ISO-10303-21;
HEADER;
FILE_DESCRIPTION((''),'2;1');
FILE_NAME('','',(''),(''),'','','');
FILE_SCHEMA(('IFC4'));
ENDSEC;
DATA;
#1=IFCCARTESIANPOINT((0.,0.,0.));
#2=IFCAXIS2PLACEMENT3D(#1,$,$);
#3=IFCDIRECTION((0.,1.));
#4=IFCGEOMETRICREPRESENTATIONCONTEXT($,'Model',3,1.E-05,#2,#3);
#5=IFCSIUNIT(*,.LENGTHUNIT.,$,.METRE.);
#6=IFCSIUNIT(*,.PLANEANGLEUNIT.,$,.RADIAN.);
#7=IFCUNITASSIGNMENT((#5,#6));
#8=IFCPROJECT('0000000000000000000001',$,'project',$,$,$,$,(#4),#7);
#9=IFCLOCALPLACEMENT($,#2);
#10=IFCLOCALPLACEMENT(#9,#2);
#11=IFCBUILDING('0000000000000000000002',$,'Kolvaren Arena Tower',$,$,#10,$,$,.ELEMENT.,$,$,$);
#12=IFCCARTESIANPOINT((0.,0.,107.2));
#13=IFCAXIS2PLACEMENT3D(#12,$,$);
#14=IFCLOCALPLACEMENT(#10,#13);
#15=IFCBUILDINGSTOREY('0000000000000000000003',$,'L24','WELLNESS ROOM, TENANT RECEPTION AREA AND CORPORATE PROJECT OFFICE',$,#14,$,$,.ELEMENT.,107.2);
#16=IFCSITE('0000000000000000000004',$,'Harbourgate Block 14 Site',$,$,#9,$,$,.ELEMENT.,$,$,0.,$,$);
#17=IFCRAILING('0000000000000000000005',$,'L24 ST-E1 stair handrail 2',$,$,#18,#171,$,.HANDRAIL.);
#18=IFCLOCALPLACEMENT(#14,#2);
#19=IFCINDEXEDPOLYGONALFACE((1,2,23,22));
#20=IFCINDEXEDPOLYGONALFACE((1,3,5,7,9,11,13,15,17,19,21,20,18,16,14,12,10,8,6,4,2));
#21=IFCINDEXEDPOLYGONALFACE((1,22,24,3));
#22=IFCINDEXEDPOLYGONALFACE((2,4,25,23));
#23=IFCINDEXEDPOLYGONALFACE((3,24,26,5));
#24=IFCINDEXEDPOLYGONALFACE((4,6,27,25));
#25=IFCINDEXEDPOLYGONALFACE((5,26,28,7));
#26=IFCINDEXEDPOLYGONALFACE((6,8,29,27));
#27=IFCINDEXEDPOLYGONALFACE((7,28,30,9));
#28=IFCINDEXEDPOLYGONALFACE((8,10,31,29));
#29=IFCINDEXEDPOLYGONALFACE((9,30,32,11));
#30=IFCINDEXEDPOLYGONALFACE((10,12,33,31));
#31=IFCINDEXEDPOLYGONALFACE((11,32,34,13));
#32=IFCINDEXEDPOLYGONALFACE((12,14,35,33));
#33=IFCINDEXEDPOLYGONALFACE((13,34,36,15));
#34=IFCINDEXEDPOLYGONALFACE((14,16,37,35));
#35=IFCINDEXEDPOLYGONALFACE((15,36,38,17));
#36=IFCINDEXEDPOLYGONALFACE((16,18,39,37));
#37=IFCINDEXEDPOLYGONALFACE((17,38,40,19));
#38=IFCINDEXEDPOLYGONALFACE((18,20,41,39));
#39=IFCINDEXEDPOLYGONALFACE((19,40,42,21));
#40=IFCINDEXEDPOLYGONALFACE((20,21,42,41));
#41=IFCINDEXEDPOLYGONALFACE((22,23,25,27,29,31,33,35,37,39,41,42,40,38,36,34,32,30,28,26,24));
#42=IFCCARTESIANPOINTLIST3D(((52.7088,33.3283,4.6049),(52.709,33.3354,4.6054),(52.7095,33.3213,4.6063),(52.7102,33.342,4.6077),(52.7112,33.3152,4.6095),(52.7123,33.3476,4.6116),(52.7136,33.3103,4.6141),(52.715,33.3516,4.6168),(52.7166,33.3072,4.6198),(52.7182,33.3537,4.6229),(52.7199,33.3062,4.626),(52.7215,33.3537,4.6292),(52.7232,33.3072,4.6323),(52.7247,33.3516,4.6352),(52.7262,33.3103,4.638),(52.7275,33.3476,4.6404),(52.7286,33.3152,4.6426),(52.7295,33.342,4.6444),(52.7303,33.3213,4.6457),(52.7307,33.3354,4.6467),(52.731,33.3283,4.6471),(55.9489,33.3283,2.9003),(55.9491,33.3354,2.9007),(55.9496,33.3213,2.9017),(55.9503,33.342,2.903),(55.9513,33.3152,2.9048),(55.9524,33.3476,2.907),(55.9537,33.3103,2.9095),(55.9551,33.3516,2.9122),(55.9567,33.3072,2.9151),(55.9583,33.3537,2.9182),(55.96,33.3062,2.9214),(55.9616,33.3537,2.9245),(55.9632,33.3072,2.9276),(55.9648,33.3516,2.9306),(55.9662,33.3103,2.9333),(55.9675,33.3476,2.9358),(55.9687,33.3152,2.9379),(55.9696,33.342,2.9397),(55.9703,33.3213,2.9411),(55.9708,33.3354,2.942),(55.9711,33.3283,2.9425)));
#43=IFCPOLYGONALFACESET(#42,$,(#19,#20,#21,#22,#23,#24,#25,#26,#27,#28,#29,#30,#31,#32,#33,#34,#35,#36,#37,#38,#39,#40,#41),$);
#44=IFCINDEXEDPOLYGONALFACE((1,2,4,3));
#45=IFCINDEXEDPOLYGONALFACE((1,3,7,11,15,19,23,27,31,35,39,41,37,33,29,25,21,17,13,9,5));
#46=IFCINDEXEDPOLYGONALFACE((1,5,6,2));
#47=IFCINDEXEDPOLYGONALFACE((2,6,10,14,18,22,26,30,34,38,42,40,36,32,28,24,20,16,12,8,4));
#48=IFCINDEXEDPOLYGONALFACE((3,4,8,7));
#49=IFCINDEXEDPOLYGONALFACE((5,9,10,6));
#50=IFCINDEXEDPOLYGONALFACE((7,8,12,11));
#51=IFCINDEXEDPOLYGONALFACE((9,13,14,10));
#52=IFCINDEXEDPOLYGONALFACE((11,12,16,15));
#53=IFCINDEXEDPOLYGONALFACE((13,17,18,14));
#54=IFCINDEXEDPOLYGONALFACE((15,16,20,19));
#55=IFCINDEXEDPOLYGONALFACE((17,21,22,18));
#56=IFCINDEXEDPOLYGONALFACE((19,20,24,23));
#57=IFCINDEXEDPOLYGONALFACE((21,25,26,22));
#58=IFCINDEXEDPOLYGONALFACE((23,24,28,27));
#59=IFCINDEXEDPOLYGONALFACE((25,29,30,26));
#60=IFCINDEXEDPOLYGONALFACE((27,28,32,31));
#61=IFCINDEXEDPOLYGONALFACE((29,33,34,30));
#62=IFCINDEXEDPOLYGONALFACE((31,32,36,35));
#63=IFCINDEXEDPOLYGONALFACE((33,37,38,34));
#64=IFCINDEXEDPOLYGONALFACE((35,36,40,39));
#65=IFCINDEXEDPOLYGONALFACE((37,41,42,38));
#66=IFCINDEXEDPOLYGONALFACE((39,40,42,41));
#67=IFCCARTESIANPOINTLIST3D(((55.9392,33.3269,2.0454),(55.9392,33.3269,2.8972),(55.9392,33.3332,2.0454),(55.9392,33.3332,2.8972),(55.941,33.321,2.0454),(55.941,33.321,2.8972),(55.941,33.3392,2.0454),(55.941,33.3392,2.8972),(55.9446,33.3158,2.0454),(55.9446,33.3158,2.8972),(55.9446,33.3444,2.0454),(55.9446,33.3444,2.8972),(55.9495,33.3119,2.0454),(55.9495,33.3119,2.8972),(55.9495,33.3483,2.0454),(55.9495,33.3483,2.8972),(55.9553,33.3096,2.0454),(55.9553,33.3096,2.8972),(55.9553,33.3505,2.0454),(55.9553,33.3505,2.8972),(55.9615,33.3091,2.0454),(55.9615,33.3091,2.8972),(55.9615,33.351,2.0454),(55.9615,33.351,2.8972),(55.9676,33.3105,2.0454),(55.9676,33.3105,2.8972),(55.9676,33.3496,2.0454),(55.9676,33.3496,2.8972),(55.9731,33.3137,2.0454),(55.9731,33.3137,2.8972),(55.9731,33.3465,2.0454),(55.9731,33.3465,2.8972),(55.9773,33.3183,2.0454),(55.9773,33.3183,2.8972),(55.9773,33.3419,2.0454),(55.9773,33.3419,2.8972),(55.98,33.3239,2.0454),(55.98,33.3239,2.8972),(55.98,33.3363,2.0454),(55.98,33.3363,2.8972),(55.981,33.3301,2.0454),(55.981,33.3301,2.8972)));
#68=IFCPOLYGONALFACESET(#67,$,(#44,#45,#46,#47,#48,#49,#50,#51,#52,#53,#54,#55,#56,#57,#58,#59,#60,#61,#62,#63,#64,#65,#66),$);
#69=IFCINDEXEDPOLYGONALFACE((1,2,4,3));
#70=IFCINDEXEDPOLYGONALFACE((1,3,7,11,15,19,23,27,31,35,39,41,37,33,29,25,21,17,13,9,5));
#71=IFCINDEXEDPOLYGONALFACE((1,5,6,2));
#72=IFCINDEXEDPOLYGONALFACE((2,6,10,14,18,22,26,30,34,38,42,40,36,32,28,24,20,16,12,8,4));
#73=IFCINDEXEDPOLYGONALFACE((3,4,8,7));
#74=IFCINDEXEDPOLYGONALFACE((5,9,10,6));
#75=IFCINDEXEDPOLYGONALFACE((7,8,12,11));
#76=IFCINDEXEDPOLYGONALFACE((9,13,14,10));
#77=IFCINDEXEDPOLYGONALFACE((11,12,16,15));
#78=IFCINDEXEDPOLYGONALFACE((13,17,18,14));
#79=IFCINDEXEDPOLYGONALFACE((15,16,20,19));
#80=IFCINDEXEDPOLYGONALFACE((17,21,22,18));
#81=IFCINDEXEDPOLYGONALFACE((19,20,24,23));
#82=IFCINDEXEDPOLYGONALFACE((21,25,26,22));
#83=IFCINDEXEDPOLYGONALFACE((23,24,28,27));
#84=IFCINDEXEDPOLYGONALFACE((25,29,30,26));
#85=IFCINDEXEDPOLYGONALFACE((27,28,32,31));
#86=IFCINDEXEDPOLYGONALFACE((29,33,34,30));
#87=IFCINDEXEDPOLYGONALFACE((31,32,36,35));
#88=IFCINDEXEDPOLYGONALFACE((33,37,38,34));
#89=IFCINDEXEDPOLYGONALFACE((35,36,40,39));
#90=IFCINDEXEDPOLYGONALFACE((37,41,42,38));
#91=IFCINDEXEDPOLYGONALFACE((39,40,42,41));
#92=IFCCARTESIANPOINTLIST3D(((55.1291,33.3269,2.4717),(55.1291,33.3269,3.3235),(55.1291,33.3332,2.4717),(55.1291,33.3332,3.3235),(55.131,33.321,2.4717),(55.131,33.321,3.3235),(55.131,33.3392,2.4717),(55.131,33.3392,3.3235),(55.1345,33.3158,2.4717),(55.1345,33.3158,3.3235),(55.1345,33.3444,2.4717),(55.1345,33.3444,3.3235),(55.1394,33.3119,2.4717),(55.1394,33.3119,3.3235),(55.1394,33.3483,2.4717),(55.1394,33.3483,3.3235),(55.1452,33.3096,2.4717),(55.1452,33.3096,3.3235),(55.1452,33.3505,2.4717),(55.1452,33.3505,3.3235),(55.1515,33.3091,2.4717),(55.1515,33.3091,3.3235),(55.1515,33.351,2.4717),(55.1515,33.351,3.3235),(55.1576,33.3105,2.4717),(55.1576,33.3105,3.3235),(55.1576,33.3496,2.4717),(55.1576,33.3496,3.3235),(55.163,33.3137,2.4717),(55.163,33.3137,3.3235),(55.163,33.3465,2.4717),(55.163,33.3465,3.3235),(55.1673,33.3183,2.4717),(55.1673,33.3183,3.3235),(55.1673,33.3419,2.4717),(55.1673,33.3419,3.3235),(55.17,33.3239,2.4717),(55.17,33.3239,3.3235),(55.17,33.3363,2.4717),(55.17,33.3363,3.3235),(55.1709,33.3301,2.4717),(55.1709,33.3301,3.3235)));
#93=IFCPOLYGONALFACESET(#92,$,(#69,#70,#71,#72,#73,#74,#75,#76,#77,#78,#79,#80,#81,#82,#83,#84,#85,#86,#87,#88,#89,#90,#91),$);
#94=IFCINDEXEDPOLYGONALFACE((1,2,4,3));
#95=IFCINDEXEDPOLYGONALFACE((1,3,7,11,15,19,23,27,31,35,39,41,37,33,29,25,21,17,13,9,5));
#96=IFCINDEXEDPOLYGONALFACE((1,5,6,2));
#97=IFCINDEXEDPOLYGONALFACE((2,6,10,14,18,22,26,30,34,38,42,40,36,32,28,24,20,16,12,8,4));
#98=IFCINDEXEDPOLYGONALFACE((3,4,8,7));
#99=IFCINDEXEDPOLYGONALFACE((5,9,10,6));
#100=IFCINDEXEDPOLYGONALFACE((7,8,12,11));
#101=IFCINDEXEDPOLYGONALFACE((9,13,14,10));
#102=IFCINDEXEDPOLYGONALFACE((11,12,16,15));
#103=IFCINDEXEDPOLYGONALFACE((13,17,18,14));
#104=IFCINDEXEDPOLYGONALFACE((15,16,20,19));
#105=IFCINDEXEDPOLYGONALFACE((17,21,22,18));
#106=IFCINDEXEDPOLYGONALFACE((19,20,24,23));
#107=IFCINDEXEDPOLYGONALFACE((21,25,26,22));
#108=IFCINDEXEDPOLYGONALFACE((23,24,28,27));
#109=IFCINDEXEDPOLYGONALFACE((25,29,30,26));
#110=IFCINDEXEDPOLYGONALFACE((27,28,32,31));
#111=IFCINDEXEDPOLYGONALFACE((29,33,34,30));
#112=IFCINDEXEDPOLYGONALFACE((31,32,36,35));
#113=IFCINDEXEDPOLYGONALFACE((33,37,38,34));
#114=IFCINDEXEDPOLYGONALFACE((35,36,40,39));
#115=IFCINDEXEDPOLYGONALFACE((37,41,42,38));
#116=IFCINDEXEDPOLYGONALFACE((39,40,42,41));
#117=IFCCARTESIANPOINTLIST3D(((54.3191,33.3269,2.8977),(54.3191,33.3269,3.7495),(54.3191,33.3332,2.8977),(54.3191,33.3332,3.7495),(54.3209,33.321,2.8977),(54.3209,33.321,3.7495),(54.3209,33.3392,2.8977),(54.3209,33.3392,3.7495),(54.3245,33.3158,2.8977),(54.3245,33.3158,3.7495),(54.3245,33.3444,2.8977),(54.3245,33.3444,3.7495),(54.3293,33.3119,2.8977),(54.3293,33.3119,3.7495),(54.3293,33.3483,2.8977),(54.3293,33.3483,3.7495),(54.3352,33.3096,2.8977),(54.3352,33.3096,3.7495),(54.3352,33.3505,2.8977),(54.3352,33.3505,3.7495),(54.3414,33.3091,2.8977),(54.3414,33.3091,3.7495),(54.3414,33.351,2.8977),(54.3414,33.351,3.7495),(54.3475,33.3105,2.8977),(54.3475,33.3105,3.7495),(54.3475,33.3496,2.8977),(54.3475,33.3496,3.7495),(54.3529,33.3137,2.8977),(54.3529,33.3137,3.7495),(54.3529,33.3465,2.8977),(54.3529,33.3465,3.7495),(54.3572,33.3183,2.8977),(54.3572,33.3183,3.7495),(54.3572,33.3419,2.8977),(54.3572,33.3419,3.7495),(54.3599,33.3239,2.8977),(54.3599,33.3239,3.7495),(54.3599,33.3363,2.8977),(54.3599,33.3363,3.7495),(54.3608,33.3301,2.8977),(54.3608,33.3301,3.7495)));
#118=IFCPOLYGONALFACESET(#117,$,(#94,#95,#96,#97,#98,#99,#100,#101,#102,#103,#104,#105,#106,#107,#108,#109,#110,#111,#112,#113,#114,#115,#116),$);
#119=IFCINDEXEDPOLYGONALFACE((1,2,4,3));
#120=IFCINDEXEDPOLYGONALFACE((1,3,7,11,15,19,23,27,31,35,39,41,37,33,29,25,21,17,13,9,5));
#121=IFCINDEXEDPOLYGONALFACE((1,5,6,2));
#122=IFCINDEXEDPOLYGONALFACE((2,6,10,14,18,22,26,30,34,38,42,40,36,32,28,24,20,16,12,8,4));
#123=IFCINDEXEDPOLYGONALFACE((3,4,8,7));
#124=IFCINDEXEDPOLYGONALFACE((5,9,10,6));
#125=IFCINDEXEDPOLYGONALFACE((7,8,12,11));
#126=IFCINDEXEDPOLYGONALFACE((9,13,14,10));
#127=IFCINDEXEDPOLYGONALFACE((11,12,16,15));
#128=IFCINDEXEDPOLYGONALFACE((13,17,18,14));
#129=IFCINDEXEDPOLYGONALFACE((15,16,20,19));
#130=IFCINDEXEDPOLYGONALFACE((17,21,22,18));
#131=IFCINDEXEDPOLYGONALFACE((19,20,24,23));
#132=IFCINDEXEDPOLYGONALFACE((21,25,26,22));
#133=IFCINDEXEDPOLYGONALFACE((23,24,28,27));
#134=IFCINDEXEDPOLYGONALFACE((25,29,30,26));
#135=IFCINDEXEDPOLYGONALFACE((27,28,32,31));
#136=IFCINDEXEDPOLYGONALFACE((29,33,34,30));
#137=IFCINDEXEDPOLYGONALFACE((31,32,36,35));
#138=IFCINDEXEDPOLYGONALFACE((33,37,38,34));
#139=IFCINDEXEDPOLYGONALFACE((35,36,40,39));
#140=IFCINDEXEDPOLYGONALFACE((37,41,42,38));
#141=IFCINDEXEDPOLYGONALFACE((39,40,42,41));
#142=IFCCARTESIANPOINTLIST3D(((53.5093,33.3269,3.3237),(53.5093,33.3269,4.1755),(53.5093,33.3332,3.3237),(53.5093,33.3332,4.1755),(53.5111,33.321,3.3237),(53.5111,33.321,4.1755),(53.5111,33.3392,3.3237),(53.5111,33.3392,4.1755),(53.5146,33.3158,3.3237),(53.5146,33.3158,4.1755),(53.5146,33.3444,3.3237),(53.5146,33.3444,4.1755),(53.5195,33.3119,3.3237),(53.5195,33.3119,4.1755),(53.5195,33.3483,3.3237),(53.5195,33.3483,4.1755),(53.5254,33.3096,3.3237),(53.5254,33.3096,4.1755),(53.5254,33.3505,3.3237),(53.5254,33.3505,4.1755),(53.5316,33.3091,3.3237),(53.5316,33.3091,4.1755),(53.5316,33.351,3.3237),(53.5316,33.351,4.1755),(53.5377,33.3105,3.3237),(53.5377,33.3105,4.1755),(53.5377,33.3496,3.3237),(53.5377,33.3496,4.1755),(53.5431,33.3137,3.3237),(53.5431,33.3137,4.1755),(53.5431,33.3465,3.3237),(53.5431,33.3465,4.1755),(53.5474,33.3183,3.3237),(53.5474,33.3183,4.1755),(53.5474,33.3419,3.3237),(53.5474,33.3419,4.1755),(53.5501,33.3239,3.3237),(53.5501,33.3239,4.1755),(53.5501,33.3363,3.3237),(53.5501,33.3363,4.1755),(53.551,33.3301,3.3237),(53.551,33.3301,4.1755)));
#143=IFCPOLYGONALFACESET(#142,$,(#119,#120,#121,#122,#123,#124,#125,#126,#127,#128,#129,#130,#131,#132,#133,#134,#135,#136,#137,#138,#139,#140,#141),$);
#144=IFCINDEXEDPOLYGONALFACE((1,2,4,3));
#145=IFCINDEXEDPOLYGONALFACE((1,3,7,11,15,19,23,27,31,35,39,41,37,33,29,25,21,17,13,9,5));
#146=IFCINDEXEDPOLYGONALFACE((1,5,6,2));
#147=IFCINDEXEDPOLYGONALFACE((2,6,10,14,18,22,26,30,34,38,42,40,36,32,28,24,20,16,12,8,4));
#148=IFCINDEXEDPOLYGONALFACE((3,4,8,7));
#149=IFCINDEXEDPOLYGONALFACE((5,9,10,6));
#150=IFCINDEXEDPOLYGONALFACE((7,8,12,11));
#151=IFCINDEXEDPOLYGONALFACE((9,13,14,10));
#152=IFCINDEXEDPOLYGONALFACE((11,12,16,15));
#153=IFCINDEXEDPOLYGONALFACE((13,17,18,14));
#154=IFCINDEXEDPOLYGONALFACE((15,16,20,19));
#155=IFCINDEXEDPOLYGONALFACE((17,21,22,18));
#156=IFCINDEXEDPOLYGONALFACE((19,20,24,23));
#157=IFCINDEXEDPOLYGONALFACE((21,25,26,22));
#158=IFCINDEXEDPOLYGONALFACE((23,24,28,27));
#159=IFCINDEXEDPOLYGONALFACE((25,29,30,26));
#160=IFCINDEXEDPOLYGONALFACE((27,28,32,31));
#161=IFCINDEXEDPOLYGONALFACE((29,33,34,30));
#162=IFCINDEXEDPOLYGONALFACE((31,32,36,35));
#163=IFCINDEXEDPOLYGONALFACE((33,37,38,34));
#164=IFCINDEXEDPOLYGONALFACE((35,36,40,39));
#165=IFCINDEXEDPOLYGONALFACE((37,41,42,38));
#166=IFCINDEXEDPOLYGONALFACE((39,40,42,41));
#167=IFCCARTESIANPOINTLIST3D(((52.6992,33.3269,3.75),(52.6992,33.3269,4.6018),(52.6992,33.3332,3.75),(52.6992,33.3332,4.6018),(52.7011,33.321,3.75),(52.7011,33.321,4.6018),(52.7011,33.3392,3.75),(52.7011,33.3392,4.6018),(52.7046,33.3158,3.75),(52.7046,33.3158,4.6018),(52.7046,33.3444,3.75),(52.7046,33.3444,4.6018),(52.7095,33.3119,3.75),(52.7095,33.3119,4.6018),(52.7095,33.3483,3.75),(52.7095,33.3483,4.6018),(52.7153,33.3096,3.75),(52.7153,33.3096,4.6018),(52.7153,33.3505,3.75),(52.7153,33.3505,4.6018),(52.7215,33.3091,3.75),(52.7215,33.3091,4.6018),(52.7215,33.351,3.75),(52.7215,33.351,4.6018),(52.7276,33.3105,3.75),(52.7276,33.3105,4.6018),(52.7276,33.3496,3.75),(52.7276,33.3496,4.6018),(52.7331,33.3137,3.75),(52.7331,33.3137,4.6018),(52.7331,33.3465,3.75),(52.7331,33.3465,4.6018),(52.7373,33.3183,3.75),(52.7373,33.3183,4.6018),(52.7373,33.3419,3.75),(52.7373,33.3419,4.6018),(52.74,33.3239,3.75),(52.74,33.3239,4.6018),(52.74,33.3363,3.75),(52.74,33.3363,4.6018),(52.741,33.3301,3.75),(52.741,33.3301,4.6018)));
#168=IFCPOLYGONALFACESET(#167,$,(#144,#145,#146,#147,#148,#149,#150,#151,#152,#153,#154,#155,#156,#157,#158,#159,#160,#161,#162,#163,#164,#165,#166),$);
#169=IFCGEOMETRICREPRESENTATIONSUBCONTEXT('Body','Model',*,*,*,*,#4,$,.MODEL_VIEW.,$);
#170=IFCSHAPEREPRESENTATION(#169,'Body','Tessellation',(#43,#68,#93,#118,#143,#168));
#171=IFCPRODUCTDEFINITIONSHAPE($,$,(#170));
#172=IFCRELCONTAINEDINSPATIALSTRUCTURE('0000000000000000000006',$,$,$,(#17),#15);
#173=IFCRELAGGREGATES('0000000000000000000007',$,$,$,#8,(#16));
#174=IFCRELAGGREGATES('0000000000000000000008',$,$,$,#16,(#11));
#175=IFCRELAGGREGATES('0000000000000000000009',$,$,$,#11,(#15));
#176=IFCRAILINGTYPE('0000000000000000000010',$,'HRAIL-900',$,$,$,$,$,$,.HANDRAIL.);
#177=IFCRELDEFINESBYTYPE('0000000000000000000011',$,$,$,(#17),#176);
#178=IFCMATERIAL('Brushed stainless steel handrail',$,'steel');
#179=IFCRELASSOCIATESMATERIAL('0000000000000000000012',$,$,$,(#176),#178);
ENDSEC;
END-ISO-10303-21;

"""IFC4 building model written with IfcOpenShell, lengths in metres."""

from ifc_helpers import new_model, si_unit, direction, frame, origin, origin_2d, place, context, subcontext, project, spatial, circle, extrude, material, type_object, element, save


model = new_model("IFC4")

# Units and contexts
model_context = context("Model", 3, precision=1e-05, world=origin(), true_north=direction((0.0, 1.0)))
body_context = subcontext(model_context, "Body", "Model", "MODEL_VIEW")
ifc_project = project(units=[si_unit("LENGTHUNIT", "METRE"), si_unit("PLANEANGLEUNIT", "RADIAN")], contexts=[model_context])

# Site, building, storey
site_placement = place(None, origin())
site = spatial("IfcSite", under=ifc_project, at=site_placement, Name="Harbourgate Block 14 Site", CompositionType="ELEMENT", RefElevation=0.0)
building_placement = place(site_placement, origin())
building = spatial("IfcBuilding", under=site, at=building_placement, Name="Kolvaren Arena Tower", CompositionType="ELEMENT")
storey_placement = place(building_placement, frame((0.0, 0.0, 107.2)))
storey = spatial("IfcBuildingStorey", under=building, at=storey_placement, Name="L24", Description="WELLNESS ROOM, TENANT RECEPTION AREA AND CORPORATE PROJECT OFFICE", CompositionType="ELEMENT", Elevation=107.2)

# Railing
ifc_material_1 = material(Name="Brushed stainless steel handrail", Category="steel")
railing_type_1 = type_object("IfcRailingType", Name="HRAIL-900", PredefinedType="HANDRAIL", material=ifc_material_1)
for number, where, name in (
    (1, (55.96, 33.3301, 2.0454), "L24 ST-E1 stair handrail 2"),
):
    element("IfcRailing", number, at=place(storey_placement, frame(where)), inside=storey, type_object=railing_type_1, Name=name, PredefinedType="HANDRAIL", context=body_context, shape_type="SweptSolid", body=[
        extrude(circle(Radius=0.0239, at=origin_2d()), frame((0.0, 0.0, 0.876), z_axis=(-0.884993, 0.0, 0.465604), x_axis=(0.0, -1.0, 0.0)), (0.0, 0.0, 1.0), 3.6611),
        extrude(circle(Radius=0.021, at=origin_2d()), origin(), (0.0, 0.0, 1.0), 0.8518),
        extrude(circle(Radius=0.021, at=origin_2d()), frame((-0.8101, 0.0, 0.4263)), (0.0, 0.0, 1.0), 0.8518),
        extrude(circle(Radius=0.021, at=origin_2d()), frame((-1.6201, 0.0, 0.8523)), (0.0, 0.0, 1.0), 0.8518),
        extrude(circle(Radius=0.021, at=origin_2d()), frame((-2.4299, 0.0, 1.2783)), (0.0, 0.0, 1.0), 0.8518),
        extrude(circle(Radius=0.021, at=origin_2d()), frame((-3.24, 0.0, 1.7046)), (0.0, 0.0, 1.0), 0.8518),
    ])

save(model, "model.ifc")
